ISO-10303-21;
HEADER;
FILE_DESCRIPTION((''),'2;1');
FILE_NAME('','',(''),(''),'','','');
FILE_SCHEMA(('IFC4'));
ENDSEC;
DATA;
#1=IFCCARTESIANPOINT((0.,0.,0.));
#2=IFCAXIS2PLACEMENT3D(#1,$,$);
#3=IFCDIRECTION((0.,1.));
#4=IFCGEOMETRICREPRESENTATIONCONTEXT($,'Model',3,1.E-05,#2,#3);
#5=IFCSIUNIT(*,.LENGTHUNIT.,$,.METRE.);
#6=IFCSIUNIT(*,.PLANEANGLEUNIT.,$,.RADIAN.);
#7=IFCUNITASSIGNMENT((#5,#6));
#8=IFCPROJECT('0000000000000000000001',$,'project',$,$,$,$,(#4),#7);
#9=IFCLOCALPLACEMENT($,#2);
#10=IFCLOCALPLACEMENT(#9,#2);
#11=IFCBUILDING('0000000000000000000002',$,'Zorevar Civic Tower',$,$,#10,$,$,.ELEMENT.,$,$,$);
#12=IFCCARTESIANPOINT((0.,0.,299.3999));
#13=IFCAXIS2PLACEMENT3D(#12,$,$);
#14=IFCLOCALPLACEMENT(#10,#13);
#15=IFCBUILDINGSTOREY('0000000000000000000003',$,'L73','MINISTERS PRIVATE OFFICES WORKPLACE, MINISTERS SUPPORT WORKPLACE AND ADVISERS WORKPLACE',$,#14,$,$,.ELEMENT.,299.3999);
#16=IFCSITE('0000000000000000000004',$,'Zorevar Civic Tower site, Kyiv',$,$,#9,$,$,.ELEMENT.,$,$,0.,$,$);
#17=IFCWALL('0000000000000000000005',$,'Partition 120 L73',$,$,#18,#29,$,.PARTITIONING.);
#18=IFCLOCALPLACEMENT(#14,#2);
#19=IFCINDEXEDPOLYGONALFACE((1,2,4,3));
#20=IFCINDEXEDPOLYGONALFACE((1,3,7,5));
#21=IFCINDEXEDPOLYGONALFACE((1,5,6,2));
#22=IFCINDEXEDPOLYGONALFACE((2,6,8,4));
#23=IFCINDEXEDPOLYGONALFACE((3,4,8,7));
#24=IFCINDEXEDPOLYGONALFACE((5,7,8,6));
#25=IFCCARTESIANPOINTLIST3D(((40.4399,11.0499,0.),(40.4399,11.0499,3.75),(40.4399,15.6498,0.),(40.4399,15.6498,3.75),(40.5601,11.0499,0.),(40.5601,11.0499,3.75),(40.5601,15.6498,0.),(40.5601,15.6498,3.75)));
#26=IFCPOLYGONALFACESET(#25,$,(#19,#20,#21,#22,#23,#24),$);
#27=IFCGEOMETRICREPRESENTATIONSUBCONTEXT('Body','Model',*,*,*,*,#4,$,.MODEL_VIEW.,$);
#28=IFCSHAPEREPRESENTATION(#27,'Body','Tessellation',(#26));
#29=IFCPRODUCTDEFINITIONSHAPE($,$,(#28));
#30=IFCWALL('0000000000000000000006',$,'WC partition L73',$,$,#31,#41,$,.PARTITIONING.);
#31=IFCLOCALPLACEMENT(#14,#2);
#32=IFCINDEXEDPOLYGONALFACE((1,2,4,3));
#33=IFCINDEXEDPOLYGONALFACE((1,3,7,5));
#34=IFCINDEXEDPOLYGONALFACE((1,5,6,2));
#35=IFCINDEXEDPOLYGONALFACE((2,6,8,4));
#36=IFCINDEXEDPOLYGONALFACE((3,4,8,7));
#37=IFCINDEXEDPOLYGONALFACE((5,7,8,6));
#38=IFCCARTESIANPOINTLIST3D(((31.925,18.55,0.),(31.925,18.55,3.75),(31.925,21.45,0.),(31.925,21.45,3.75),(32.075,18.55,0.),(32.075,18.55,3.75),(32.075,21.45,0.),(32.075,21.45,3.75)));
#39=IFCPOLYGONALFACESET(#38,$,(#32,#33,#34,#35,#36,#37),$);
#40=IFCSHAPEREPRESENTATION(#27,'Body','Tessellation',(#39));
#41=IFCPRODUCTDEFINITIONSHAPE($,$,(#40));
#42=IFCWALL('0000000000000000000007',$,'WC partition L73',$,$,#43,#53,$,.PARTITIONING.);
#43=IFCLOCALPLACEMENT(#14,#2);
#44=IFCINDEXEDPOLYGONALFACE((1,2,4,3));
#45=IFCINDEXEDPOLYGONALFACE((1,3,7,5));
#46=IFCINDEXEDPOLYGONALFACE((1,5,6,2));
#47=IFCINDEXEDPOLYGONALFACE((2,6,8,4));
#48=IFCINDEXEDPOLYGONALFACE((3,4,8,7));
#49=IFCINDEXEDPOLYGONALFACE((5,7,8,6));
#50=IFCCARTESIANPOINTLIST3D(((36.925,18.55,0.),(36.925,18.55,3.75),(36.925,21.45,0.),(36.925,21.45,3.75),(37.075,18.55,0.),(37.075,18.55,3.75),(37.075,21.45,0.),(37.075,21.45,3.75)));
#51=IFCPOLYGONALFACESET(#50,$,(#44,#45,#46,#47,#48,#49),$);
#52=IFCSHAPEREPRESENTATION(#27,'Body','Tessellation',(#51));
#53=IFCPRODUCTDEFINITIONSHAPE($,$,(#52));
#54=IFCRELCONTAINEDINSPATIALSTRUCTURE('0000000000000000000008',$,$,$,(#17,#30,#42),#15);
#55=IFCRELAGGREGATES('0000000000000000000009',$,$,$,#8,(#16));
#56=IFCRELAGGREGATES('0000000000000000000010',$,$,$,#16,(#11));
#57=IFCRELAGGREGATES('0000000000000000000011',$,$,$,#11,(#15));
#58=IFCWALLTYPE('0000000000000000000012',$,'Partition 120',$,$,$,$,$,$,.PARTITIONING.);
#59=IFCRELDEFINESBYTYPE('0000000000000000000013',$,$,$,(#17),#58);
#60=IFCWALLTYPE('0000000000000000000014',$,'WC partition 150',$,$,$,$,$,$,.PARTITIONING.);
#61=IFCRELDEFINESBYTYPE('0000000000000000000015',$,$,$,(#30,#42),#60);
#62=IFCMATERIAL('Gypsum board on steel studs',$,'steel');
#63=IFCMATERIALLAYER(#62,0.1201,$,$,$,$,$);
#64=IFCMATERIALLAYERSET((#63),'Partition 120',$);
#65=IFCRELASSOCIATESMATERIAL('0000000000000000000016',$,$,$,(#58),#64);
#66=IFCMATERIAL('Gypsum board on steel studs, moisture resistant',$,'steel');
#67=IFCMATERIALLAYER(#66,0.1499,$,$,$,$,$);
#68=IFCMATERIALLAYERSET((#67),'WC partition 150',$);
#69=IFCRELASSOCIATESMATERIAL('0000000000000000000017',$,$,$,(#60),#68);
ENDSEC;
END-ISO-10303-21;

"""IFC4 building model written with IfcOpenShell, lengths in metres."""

from ifc_helpers import new_model, si_unit, direction, frame, frame_2d, origin, place, context, subcontext, project, spatial, rectangle, extrude, material, layer, layer_set, type_object, element, save


model = new_model("IFC4")

# Units and contexts
model_context = context("Model", 3, precision=1e-05, world=origin(), true_north=direction((0.0, 1.0)))
body_context = subcontext(model_context, "Body", "Model", "MODEL_VIEW")
ifc_project = project(units=[si_unit("LENGTHUNIT", "METRE"), si_unit("PLANEANGLEUNIT", "RADIAN")], contexts=[model_context])

# Site, building, storey
site_placement = place(None, origin())
site = spatial("IfcSite", under=ifc_project, at=site_placement, Name="Zorevar Civic Tower site, Kyiv", CompositionType="ELEMENT", RefElevation=0.0)
building_placement = place(site_placement, origin())
building = spatial("IfcBuilding", under=site, at=building_placement, Name="Zorevar Civic Tower", CompositionType="ELEMENT")
storey_placement = place(building_placement, frame((0.0, 0.0, 299.3999)))
storey = spatial("IfcBuildingStorey", under=building, at=storey_placement, Name="L73", Description="MINISTERS PRIVATE OFFICES WORKPLACE, MINISTERS SUPPORT WORKPLACE AND ADVISERS WORKPLACE", CompositionType="ELEMENT", Elevation=299.3999)

# Shared definitions
ifc_material_1 = material(Name="Gypsum board on steel studs", Category="steel")
ifc_layer_1 = layer(ifc_material_1, 0.1201)
ifc_layer_set_1 = layer_set([ifc_layer_1], Name="Partition 120")
wall_type_1 = type_object("IfcWallType", Name="Partition 120", PredefinedType="PARTITIONING", material=ifc_layer_set_1)

# Wall
wall_1_placement = place(storey_placement, frame((40.5, 11.05, 0.0), z_axis=(0.0, 0.0, 1.0), x_axis=(0.0, 1.0, 0.0)))
element("IfcWall", 1, at=wall_1_placement, inside=storey, type_object=wall_type_1, Name="Partition 120 L73", PredefinedType="PARTITIONING", context=body_context, shape_type="SweptSolid", body=[
    extrude(rectangle(XDim=4.5999, YDim=0.1201, at=frame_2d((2.2998, 0.0))), origin(), (0.0, 0.0, 1.0), 3.75),
])

# Walls
ifc_material_2 = material(Name="Gypsum board on steel studs, moisture resistant", Category="steel")
ifc_layer_2 = layer(ifc_material_2, 0.1499)
ifc_layer_set_2 = layer_set([ifc_layer_2], Name="WC partition 150")
wall_type_2 = type_object("IfcWallType", Name="WC partition 150", PredefinedType="PARTITIONING", material=ifc_layer_set_2)
for number, where, z_axis, x_axis, name in (
    (2, (32.0, 18.55, 0.0), (0.0, 0.0, 1.0), (0.0, 1.0, 0.0), "WC partition L73"),
    (3, (37.0, 18.55, 0.0), (0.0, 0.0, 1.0), (0.0, 1.0, 0.0), "WC partition L73"),
):
    element("IfcWall", number, at=place(storey_placement, frame(where, z_axis=z_axis, x_axis=x_axis)), inside=storey, type_object=wall_type_2, Name=name, PredefinedType="PARTITIONING", context=body_context, shape_type="SweptSolid", body=[
        extrude(rectangle(XDim=2.8999, YDim=0.1499, at=frame_2d((1.45, 0.0))), origin(), (0.0, 0.0, 1.0), 3.75),
    ])

save(model, "model.ifc")
